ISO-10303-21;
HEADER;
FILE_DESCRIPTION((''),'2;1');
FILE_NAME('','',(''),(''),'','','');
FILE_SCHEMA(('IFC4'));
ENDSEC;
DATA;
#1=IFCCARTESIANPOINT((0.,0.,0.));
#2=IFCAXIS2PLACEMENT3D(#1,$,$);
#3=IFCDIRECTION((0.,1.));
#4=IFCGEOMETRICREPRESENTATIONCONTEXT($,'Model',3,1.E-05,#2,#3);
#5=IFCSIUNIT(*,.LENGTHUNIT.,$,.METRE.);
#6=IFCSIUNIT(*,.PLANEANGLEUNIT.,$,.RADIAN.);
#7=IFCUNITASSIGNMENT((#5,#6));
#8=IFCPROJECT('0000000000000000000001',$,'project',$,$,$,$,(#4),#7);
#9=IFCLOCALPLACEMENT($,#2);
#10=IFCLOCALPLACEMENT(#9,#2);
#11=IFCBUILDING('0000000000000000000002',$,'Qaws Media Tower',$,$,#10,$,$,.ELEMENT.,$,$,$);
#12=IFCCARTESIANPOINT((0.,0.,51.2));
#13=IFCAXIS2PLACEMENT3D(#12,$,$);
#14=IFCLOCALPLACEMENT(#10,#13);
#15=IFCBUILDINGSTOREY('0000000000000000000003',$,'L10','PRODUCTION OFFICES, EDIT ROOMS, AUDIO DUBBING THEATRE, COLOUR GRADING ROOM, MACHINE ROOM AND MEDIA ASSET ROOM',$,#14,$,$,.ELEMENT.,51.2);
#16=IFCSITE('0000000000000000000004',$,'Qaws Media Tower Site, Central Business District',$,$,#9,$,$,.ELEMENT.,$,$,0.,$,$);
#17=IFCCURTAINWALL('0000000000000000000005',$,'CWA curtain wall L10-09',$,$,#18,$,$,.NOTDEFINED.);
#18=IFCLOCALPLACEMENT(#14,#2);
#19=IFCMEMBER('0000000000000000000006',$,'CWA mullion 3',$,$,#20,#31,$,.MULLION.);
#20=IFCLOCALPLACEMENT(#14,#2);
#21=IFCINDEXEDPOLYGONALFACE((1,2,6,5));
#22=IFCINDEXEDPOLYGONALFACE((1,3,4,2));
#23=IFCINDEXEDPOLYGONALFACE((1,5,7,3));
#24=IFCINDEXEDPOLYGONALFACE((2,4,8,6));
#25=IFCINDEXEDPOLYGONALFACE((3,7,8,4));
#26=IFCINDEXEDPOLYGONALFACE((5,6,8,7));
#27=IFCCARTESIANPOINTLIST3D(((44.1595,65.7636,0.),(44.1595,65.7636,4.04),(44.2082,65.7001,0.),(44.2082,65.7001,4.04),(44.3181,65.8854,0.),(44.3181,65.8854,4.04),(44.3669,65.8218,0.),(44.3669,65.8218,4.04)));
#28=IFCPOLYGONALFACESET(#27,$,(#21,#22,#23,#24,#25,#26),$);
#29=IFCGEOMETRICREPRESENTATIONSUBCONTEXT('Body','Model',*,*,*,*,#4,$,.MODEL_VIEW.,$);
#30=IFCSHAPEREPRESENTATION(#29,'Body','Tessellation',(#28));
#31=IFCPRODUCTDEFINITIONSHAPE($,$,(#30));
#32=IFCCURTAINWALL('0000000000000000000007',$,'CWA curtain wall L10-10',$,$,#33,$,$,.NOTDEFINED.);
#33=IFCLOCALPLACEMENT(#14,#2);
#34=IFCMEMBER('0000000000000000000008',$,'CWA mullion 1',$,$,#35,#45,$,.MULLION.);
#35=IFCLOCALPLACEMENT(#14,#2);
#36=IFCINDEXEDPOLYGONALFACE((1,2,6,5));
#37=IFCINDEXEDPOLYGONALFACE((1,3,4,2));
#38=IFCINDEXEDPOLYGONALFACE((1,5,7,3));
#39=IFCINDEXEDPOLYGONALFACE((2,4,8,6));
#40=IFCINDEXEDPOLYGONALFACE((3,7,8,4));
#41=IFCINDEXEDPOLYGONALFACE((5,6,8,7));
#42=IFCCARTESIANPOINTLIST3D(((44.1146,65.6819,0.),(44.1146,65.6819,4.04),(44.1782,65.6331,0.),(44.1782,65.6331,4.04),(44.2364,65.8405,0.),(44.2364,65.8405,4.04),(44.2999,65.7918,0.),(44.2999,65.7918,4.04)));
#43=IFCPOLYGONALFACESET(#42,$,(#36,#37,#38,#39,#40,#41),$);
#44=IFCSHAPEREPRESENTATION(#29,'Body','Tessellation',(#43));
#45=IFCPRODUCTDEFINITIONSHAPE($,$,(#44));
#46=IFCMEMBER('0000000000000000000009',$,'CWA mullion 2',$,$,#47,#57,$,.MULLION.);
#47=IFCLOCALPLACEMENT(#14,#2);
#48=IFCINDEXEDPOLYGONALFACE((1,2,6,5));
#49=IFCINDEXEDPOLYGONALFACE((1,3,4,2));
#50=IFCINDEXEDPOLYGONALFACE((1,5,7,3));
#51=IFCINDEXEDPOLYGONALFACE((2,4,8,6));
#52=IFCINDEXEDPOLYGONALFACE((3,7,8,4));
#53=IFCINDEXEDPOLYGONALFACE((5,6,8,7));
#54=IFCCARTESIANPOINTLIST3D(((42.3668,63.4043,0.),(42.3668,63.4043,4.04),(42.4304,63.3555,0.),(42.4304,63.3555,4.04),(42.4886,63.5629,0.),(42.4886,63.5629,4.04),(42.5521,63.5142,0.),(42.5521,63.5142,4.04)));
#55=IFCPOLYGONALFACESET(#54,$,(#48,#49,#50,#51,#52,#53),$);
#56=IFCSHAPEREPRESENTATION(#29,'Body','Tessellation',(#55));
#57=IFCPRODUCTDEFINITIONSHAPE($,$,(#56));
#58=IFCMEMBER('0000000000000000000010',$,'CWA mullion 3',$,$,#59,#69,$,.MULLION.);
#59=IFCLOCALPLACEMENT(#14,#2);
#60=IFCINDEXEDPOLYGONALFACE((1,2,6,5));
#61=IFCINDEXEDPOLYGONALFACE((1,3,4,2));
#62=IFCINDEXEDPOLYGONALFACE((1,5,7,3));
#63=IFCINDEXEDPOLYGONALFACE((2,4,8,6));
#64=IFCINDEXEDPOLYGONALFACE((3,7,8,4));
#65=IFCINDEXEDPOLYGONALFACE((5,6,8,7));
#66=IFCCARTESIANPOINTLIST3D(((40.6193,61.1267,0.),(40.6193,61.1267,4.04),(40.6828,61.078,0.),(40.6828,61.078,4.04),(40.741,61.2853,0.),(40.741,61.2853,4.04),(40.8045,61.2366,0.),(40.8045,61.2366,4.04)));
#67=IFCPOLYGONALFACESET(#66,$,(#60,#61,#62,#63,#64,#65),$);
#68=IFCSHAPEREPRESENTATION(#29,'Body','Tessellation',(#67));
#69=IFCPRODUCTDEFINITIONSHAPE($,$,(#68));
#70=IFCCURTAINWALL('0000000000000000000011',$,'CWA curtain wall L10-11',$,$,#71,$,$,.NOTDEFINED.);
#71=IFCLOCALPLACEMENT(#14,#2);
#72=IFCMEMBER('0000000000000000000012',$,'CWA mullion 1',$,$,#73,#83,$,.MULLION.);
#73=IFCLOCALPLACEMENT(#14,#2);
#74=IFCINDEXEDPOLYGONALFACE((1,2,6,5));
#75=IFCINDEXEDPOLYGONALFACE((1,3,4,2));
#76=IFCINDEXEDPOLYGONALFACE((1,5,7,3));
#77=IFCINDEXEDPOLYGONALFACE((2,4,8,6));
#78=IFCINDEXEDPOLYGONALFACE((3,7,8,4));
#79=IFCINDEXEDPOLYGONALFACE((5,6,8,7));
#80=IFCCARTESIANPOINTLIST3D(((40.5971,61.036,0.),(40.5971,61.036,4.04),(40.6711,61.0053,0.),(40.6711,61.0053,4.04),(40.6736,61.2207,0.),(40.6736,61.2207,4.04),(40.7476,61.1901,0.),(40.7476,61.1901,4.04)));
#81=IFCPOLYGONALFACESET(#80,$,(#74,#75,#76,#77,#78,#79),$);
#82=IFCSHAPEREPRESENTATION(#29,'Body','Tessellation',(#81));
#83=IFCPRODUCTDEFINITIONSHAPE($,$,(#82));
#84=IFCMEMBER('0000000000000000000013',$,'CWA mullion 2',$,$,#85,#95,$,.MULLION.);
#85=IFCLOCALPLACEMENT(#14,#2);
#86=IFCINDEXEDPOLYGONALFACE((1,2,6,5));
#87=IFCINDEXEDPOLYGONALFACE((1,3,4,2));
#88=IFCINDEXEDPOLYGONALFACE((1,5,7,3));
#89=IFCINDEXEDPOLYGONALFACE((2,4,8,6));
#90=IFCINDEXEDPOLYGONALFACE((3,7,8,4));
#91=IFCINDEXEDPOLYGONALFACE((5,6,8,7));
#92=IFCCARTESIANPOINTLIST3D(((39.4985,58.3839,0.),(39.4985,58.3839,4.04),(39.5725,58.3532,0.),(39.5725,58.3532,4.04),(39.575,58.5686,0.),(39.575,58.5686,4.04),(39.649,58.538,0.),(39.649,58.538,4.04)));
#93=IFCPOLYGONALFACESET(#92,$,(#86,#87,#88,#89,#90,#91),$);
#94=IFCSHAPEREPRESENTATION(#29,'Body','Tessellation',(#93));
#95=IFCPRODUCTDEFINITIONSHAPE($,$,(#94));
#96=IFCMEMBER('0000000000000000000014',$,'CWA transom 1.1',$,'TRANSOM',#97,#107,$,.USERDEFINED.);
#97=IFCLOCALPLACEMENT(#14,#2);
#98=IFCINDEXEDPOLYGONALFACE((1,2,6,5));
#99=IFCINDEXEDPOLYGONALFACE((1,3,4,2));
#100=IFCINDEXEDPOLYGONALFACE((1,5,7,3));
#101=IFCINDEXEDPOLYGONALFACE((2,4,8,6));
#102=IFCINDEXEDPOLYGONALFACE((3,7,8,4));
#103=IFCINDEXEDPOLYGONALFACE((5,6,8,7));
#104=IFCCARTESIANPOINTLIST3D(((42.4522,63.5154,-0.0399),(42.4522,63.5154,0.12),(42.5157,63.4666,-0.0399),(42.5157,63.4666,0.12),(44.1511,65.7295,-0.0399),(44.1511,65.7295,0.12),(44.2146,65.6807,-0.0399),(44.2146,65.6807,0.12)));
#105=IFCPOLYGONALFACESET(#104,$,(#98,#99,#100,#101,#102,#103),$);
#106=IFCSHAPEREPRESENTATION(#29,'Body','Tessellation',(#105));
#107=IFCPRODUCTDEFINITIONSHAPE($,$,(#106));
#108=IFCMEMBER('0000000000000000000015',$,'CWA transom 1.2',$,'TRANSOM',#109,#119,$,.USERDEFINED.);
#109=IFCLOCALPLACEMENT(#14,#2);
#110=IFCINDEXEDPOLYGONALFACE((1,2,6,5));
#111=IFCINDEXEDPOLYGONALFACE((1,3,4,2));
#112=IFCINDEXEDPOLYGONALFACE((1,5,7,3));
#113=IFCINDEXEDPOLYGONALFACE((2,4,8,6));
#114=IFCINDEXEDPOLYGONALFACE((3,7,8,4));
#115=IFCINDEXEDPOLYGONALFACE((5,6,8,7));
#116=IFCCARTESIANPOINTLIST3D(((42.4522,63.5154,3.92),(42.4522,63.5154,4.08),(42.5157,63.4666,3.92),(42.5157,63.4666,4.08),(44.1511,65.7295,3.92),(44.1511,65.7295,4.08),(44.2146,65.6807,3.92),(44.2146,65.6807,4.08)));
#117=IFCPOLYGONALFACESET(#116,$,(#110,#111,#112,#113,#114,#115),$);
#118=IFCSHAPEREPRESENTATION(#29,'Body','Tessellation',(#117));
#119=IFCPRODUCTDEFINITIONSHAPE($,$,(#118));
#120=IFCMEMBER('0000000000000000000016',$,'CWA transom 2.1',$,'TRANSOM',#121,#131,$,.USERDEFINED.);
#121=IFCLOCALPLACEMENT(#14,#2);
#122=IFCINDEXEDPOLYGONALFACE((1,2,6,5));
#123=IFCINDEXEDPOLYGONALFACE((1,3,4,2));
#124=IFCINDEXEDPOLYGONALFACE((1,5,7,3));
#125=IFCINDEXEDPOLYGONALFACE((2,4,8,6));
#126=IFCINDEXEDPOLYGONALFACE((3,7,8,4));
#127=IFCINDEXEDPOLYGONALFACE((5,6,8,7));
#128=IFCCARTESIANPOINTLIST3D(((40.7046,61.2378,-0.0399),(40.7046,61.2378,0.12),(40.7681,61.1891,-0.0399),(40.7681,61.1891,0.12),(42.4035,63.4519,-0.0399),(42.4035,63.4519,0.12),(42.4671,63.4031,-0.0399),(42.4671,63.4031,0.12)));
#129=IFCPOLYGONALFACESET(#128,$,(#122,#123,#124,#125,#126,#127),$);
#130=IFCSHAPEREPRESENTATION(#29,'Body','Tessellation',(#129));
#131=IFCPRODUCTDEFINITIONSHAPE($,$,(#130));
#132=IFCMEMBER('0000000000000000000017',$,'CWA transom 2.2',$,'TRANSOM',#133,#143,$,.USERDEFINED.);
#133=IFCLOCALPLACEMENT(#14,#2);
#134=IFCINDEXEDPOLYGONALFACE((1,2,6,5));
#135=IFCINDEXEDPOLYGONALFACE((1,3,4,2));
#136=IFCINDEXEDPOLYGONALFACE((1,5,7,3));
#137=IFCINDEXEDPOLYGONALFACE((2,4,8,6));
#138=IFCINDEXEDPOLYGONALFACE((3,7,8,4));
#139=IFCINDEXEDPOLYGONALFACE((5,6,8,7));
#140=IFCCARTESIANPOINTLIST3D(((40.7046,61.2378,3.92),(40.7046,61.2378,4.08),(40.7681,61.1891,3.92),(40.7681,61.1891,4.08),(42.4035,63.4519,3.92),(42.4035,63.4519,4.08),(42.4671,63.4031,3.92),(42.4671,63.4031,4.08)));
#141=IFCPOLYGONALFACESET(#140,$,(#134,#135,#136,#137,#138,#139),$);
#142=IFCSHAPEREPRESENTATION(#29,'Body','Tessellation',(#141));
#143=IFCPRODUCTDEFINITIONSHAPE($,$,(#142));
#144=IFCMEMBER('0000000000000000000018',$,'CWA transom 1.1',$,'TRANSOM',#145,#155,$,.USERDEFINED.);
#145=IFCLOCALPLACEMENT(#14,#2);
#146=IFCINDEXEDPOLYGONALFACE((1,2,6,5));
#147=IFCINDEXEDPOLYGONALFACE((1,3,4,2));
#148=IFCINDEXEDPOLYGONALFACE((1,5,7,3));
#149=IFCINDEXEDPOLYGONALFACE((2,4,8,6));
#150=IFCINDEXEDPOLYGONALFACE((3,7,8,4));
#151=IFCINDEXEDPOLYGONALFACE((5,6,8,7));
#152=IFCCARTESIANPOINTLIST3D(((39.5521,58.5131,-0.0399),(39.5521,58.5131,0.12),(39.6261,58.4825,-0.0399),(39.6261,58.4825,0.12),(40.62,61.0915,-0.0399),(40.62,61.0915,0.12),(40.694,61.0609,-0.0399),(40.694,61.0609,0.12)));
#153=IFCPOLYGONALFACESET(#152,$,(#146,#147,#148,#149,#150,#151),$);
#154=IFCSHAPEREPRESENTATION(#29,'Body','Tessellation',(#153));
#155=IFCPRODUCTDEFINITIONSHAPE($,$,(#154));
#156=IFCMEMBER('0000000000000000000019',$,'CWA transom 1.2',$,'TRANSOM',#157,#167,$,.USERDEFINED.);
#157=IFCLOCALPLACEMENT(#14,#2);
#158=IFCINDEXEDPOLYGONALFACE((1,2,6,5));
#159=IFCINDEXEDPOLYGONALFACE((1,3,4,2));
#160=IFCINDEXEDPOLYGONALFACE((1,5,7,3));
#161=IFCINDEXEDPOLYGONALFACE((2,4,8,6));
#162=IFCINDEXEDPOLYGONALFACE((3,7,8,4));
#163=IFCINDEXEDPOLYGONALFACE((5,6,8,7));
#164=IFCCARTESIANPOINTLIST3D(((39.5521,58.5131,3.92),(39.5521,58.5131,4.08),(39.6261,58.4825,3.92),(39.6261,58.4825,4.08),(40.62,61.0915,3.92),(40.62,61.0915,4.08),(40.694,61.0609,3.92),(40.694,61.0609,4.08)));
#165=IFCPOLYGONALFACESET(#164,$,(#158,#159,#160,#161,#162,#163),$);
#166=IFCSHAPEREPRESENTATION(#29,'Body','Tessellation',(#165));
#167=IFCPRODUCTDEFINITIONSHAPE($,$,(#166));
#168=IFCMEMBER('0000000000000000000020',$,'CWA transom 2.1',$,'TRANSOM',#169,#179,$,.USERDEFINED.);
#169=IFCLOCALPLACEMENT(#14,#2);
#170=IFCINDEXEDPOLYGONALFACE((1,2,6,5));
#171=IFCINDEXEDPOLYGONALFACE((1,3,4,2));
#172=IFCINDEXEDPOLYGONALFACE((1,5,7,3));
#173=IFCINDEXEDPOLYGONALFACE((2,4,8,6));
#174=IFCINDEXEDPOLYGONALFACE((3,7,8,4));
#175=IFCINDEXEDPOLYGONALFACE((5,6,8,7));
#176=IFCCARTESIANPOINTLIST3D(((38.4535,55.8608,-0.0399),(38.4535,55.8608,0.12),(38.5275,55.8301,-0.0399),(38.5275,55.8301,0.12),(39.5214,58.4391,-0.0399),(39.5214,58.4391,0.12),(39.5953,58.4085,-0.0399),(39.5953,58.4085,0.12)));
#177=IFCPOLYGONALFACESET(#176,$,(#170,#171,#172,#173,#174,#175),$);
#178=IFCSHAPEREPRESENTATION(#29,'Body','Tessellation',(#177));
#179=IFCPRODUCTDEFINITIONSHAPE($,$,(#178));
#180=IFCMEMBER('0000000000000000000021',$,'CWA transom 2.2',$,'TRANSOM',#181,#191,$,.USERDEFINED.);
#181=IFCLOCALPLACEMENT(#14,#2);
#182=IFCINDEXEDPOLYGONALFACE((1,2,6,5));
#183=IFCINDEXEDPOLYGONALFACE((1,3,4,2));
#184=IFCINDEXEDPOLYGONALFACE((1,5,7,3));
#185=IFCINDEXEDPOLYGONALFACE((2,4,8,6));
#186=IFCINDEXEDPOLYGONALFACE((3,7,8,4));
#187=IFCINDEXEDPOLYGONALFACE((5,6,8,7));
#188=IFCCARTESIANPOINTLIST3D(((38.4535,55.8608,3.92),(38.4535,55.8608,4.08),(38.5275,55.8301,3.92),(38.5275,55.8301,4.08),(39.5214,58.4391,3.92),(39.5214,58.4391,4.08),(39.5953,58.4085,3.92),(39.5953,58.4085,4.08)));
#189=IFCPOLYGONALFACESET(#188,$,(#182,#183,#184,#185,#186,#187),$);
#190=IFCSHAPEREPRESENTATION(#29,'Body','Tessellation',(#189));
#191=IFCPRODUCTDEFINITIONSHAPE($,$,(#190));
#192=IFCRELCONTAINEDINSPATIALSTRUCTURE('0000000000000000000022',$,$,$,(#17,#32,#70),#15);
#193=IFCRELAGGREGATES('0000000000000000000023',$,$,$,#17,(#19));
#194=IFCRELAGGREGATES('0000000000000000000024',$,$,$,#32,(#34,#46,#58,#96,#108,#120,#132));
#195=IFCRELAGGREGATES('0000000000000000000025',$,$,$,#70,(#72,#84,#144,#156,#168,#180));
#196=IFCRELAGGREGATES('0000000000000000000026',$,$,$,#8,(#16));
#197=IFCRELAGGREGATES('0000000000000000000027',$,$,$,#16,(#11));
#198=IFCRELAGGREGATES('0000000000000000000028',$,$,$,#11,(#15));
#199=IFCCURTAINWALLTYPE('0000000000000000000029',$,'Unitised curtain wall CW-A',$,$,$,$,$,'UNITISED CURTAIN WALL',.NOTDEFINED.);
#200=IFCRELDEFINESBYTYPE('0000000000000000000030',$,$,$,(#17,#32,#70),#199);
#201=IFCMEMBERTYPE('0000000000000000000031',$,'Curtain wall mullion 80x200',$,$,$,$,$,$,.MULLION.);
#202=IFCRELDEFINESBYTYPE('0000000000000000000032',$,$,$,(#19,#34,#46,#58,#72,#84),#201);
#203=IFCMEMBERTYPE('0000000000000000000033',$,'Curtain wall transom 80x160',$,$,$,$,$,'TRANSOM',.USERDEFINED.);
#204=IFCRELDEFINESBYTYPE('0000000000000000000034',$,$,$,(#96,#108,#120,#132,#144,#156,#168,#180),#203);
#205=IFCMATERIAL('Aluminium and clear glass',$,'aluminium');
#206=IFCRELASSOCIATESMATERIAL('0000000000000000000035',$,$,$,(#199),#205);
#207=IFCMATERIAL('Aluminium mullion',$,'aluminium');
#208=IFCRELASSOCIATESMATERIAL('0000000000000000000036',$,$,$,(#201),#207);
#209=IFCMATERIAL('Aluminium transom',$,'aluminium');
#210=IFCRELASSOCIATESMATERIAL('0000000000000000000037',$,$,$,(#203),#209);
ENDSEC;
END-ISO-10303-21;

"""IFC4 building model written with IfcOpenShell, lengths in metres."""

from ifc_helpers import new_model, si_unit, direction, frame, origin, origin_2d, place, context, subcontext, project, spatial, rectangle, extrude, material, material_profile, profile_set, type_object, element, aggregate, save


model = new_model("IFC4")

# Units and contexts
model_context = context("Model", 3, precision=1e-05, world=origin(), true_north=direction((0.0, 1.0)))
body_context = subcontext(model_context, "Body", "Model", "MODEL_VIEW")
ifc_project = project(units=[si_unit("LENGTHUNIT", "METRE"), si_unit("PLANEANGLEUNIT", "RADIAN")], contexts=[model_context])

# Site, building, storey
site_placement = place(None, origin())
site = spatial("IfcSite", under=ifc_project, at=site_placement, Name="Qaws Media Tower Site, Central Business District", CompositionType="ELEMENT", RefElevation=0.0)
building_placement = place(site_placement, origin())
building = spatial("IfcBuilding", under=site, at=building_placement, Name="Qaws Media Tower", CompositionType="ELEMENT")
storey_placement = place(building_placement, frame((0.0, 0.0, 51.2)))
storey = spatial("IfcBuildingStorey", under=building, at=storey_placement, Name="L10", Description="PRODUCTION OFFICES, EDIT ROOMS, AUDIO DUBBING THEATRE, COLOUR GRADING ROOM, MACHINE ROOM AND MEDIA ASSET ROOM", CompositionType="ELEMENT", Elevation=51.2)

# Curtain wall, member
ifc_material_1 = material(Name="Aluminium and clear glass", Category="aluminium")
curtain_wall_type = type_object("IfcCurtainWallType", Name="Unitised curtain wall CW-A", ElementType="UNITISED CURTAIN WALL", PredefinedType="NOTDEFINED", material=ifc_material_1)
curtain_wall_1_placement = place(storey_placement, origin())
curtain_wall_1 = element("IfcCurtainWall", 1, at=curtain_wall_1_placement, inside=storey, type_object=curtain_wall_type, Name="CWA curtain wall L10-09", PredefinedType="NOTDEFINED")
ifc_material_2 = material(Name="Aluminium mullion", Category="aluminium")
ifc_material_profile_1 = material_profile(ifc_material_2, rectangle(XDim=0.0801, YDim=0.2, at=origin_2d()), Name="80x200")
ifc_profile_set_1 = profile_set([ifc_material_profile_1], Name="Aluminium mullion")
member_type_1 = type_object("IfcMemberType", Name="Curtain wall mullion 80x200", PredefinedType="MULLION", material=ifc_profile_set_1)
member_1_placement = place(storey_placement, frame((44.2632, 65.7927, 0.0), z_axis=(0.0, 0.0, 1.0), x_axis=(0.608762, -0.793353, 0.0)))
member_1 = element("IfcMember", 2, at=member_1_placement, type_object=member_type_1, Name="CWA mullion 3", PredefinedType="MULLION", context=body_context, shape_type="SweptSolid", body=[
    extrude(rectangle(XDim=0.0801, YDim=0.2, at=origin_2d()), origin(), (0.0, 0.0, 1.0), 4.04),
])

# Curtain walls, members
curtain_wall_2_placement = place(storey_placement, origin())
curtain_wall_2 = element("IfcCurtainWall", 3, at=curtain_wall_2_placement, inside=storey, type_object=curtain_wall_type, Name="CWA curtain wall L10-10", PredefinedType="NOTDEFINED")
member_2_placement = place(storey_placement, frame((44.2073, 65.7368, 0.0), z_axis=(0.0, 0.0, 1.0), x_axis=(0.793353, -0.608762, 0.0)))
member_2 = element("IfcMember", 4, at=member_2_placement, type_object=member_type_1, Name="CWA mullion 1", PredefinedType="MULLION", context=body_context, shape_type="SweptSolid", body=[
    extrude(rectangle(XDim=0.0801, YDim=0.2, at=origin_2d()), origin(), (0.0, 0.0, 1.0), 4.04),
])
member_3_placement = place(storey_placement, frame((42.4595, 63.4592, 0.0), z_axis=(0.0, 0.0, 1.0), x_axis=(0.793353, -0.608762, 0.0)))
member_3 = element("IfcMember", 5, at=member_3_placement, type_object=member_type_1, Name="CWA mullion 2", PredefinedType="MULLION", context=body_context, shape_type="SweptSolid", body=[
    extrude(rectangle(XDim=0.0801, YDim=0.2, at=origin_2d()), origin(), (0.0, 0.0, 1.0), 4.04),
])
member_4_placement = place(storey_placement, frame((40.7119, 61.1816, 0.0), z_axis=(0.0, 0.0, 1.0), x_axis=(0.793353, -0.608762, 0.0)))
member_4 = element("IfcMember", 6, at=member_4_placement, type_object=member_type_1, Name="CWA mullion 3", PredefinedType="MULLION", context=body_context, shape_type="SweptSolid", body=[
    extrude(rectangle(XDim=0.0801, YDim=0.2, at=origin_2d()), origin(), (0.0, 0.0, 1.0), 4.04),
])
curtain_wall_3_placement = place(storey_placement, origin())
curtain_wall_3 = element("IfcCurtainWall", 7, at=curtain_wall_3_placement, inside=storey, type_object=curtain_wall_type, Name="CWA curtain wall L10-11", PredefinedType="NOTDEFINED")
member_5_placement = place(storey_placement, frame((40.6724, 61.113, 0.0), z_axis=(0.0, 0.0, 1.0), x_axis=(0.92388, -0.382683, 0.0)))
member_5 = element("IfcMember", 8, at=member_5_placement, type_object=member_type_1, Name="CWA mullion 1", PredefinedType="MULLION", context=body_context, shape_type="SweptSolid", body=[
    extrude(rectangle(XDim=0.0801, YDim=0.2, at=origin_2d()), origin(), (0.0, 0.0, 1.0), 4.04),
])
member_6_placement = place(storey_placement, frame((39.5737, 58.4609, 0.0), z_axis=(0.0, 0.0, 1.0), x_axis=(0.92388, -0.382683, 0.0)))
member_6 = element("IfcMember", 9, at=member_6_placement, type_object=member_type_1, Name="CWA mullion 2", PredefinedType="MULLION", context=body_context, shape_type="SweptSolid", body=[
    extrude(rectangle(XDim=0.0801, YDim=0.2, at=origin_2d()), origin(), (0.0, 0.0, 1.0), 4.04),
])

# Members
ifc_material_3 = material(Name="Aluminium transom", Category="aluminium")
ifc_material_profile_2 = material_profile(ifc_material_3, rectangle(XDim=0.0801, YDim=0.1599, at=origin_2d()), Name="80x160")
ifc_profile_set_2 = profile_set([ifc_material_profile_2], Name="Aluminium transom")
member_type_2 = type_object("IfcMemberType", Name="Curtain wall transom 80x160", ElementType="TRANSOM", PredefinedType="USERDEFINED", material=ifc_profile_set_2)
member_7_placement = place(storey_placement, frame((44.1829, 65.7051, 0.04), z_axis=(-0.608768, -0.793349, 0.0), x_axis=(0.793349, -0.608768, 0.0)))
member_7 = element("IfcMember", 10, at=member_7_placement, type_object=member_type_2, Name="CWA transom 1.1", ObjectType="TRANSOM", PredefinedType="USERDEFINED", context=body_context, shape_type="SweptSolid", body=[
    extrude(rectangle(XDim=0.0801, YDim=0.1599, at=origin_2d()), origin(), (0.0, 0.0, 1.0), 2.7908),
])
member_8_placement = place(storey_placement, frame((44.1829, 65.7051, 4.0), z_axis=(-0.608768, -0.793349, 0.0), x_axis=(0.793349, -0.608768, 0.0)))
member_8 = element("IfcMember", 11, at=member_8_placement, type_object=member_type_2, Name="CWA transom 1.2", ObjectType="TRANSOM", PredefinedType="USERDEFINED", context=body_context, shape_type="SweptSolid", body=[
    extrude(rectangle(XDim=0.0801, YDim=0.1599, at=origin_2d()), origin(), (0.0, 0.0, 1.0), 2.7908),
])
member_9_placement = place(storey_placement, frame((42.4353, 63.4275, 0.04), z_axis=(-0.608768, -0.793349, 0.0), x_axis=(0.793349, -0.608768, 0.0)))
member_9 = element("IfcMember", 12, at=member_9_placement, type_object=member_type_2, Name="CWA transom 2.1", ObjectType="TRANSOM", PredefinedType="USERDEFINED", context=body_context, shape_type="SweptSolid", body=[
    extrude(rectangle(XDim=0.0801, YDim=0.1599, at=origin_2d()), origin(), (0.0, 0.0, 1.0), 2.7908),
])
member_10_placement = place(storey_placement, frame((42.4353, 63.4275, 4.0), z_axis=(-0.608768, -0.793349, 0.0), x_axis=(0.793349, -0.608768, 0.0)))
member_10 = element("IfcMember", 13, at=member_10_placement, type_object=member_type_2, Name="CWA transom 2.2", ObjectType="TRANSOM", PredefinedType="USERDEFINED", context=body_context, shape_type="SweptSolid", body=[
    extrude(rectangle(XDim=0.0801, YDim=0.1599, at=origin_2d()), origin(), (0.0, 0.0, 1.0), 2.7908),
])
member_11_placement = place(storey_placement, frame((40.657, 61.0762, 0.04), z_axis=(-0.382645, -0.923895, 0.0), x_axis=(0.923895, -0.382645, 0.0)))
member_11 = element("IfcMember", 14, at=member_11_placement, type_object=member_type_2, Name="CWA transom 1.1", ObjectType="TRANSOM", PredefinedType="USERDEFINED", context=body_context, shape_type="SweptSolid", body=[
    extrude(rectangle(XDim=0.0801, YDim=0.1599, at=origin_2d()), origin(), (0.0, 0.0, 1.0), 2.7908),
])
member_12_placement = place(storey_placement, frame((40.657, 61.0762, 4.0), z_axis=(-0.382645, -0.923895, 0.0), x_axis=(0.923895, -0.382645, 0.0)))
member_12 = element("IfcMember", 15, at=member_12_placement, type_object=member_type_2, Name="CWA transom 1.2", ObjectType="TRANSOM", PredefinedType="USERDEFINED", context=body_context, shape_type="SweptSolid", body=[
    extrude(rectangle(XDim=0.0801, YDim=0.1599, at=origin_2d()), origin(), (0.0, 0.0, 1.0), 2.7908),
])
member_13_placement = place(storey_placement, frame((39.5583, 58.4238, 0.04), z_axis=(-0.382645, -0.923895, 0.0), x_axis=(0.923895, -0.382645, 0.0)))
member_13 = element("IfcMember", 16, at=member_13_placement, type_object=member_type_2, Name="CWA transom 2.1", ObjectType="TRANSOM", PredefinedType="USERDEFINED", context=body_context, shape_type="SweptSolid", body=[
    extrude(rectangle(XDim=0.0801, YDim=0.1599, at=origin_2d()), origin(), (0.0, 0.0, 1.0), 2.7908),
])
member_14_placement = place(storey_placement, frame((39.5583, 58.4238, 4.0), z_axis=(-0.382645, -0.923895, 0.0), x_axis=(0.923895, -0.382645, 0.0)))
member_14 = element("IfcMember", 17, at=member_14_placement, type_object=member_type_2, Name="CWA transom 2.2", ObjectType="TRANSOM", PredefinedType="USERDEFINED", context=body_context, shape_type="SweptSolid", body=[
    extrude(rectangle(XDim=0.0801, YDim=0.1599, at=origin_2d()), origin(), (0.0, 0.0, 1.0), 2.7908),
])

aggregate(curtain_wall_1, [member_1])
aggregate(curtain_wall_2, [member_2, member_3, member_4, member_7, member_8, member_9, member_10])
aggregate(curtain_wall_3, [member_5, member_6, member_11, member_12, member_13, member_14])

save(model, "model.ifc")
